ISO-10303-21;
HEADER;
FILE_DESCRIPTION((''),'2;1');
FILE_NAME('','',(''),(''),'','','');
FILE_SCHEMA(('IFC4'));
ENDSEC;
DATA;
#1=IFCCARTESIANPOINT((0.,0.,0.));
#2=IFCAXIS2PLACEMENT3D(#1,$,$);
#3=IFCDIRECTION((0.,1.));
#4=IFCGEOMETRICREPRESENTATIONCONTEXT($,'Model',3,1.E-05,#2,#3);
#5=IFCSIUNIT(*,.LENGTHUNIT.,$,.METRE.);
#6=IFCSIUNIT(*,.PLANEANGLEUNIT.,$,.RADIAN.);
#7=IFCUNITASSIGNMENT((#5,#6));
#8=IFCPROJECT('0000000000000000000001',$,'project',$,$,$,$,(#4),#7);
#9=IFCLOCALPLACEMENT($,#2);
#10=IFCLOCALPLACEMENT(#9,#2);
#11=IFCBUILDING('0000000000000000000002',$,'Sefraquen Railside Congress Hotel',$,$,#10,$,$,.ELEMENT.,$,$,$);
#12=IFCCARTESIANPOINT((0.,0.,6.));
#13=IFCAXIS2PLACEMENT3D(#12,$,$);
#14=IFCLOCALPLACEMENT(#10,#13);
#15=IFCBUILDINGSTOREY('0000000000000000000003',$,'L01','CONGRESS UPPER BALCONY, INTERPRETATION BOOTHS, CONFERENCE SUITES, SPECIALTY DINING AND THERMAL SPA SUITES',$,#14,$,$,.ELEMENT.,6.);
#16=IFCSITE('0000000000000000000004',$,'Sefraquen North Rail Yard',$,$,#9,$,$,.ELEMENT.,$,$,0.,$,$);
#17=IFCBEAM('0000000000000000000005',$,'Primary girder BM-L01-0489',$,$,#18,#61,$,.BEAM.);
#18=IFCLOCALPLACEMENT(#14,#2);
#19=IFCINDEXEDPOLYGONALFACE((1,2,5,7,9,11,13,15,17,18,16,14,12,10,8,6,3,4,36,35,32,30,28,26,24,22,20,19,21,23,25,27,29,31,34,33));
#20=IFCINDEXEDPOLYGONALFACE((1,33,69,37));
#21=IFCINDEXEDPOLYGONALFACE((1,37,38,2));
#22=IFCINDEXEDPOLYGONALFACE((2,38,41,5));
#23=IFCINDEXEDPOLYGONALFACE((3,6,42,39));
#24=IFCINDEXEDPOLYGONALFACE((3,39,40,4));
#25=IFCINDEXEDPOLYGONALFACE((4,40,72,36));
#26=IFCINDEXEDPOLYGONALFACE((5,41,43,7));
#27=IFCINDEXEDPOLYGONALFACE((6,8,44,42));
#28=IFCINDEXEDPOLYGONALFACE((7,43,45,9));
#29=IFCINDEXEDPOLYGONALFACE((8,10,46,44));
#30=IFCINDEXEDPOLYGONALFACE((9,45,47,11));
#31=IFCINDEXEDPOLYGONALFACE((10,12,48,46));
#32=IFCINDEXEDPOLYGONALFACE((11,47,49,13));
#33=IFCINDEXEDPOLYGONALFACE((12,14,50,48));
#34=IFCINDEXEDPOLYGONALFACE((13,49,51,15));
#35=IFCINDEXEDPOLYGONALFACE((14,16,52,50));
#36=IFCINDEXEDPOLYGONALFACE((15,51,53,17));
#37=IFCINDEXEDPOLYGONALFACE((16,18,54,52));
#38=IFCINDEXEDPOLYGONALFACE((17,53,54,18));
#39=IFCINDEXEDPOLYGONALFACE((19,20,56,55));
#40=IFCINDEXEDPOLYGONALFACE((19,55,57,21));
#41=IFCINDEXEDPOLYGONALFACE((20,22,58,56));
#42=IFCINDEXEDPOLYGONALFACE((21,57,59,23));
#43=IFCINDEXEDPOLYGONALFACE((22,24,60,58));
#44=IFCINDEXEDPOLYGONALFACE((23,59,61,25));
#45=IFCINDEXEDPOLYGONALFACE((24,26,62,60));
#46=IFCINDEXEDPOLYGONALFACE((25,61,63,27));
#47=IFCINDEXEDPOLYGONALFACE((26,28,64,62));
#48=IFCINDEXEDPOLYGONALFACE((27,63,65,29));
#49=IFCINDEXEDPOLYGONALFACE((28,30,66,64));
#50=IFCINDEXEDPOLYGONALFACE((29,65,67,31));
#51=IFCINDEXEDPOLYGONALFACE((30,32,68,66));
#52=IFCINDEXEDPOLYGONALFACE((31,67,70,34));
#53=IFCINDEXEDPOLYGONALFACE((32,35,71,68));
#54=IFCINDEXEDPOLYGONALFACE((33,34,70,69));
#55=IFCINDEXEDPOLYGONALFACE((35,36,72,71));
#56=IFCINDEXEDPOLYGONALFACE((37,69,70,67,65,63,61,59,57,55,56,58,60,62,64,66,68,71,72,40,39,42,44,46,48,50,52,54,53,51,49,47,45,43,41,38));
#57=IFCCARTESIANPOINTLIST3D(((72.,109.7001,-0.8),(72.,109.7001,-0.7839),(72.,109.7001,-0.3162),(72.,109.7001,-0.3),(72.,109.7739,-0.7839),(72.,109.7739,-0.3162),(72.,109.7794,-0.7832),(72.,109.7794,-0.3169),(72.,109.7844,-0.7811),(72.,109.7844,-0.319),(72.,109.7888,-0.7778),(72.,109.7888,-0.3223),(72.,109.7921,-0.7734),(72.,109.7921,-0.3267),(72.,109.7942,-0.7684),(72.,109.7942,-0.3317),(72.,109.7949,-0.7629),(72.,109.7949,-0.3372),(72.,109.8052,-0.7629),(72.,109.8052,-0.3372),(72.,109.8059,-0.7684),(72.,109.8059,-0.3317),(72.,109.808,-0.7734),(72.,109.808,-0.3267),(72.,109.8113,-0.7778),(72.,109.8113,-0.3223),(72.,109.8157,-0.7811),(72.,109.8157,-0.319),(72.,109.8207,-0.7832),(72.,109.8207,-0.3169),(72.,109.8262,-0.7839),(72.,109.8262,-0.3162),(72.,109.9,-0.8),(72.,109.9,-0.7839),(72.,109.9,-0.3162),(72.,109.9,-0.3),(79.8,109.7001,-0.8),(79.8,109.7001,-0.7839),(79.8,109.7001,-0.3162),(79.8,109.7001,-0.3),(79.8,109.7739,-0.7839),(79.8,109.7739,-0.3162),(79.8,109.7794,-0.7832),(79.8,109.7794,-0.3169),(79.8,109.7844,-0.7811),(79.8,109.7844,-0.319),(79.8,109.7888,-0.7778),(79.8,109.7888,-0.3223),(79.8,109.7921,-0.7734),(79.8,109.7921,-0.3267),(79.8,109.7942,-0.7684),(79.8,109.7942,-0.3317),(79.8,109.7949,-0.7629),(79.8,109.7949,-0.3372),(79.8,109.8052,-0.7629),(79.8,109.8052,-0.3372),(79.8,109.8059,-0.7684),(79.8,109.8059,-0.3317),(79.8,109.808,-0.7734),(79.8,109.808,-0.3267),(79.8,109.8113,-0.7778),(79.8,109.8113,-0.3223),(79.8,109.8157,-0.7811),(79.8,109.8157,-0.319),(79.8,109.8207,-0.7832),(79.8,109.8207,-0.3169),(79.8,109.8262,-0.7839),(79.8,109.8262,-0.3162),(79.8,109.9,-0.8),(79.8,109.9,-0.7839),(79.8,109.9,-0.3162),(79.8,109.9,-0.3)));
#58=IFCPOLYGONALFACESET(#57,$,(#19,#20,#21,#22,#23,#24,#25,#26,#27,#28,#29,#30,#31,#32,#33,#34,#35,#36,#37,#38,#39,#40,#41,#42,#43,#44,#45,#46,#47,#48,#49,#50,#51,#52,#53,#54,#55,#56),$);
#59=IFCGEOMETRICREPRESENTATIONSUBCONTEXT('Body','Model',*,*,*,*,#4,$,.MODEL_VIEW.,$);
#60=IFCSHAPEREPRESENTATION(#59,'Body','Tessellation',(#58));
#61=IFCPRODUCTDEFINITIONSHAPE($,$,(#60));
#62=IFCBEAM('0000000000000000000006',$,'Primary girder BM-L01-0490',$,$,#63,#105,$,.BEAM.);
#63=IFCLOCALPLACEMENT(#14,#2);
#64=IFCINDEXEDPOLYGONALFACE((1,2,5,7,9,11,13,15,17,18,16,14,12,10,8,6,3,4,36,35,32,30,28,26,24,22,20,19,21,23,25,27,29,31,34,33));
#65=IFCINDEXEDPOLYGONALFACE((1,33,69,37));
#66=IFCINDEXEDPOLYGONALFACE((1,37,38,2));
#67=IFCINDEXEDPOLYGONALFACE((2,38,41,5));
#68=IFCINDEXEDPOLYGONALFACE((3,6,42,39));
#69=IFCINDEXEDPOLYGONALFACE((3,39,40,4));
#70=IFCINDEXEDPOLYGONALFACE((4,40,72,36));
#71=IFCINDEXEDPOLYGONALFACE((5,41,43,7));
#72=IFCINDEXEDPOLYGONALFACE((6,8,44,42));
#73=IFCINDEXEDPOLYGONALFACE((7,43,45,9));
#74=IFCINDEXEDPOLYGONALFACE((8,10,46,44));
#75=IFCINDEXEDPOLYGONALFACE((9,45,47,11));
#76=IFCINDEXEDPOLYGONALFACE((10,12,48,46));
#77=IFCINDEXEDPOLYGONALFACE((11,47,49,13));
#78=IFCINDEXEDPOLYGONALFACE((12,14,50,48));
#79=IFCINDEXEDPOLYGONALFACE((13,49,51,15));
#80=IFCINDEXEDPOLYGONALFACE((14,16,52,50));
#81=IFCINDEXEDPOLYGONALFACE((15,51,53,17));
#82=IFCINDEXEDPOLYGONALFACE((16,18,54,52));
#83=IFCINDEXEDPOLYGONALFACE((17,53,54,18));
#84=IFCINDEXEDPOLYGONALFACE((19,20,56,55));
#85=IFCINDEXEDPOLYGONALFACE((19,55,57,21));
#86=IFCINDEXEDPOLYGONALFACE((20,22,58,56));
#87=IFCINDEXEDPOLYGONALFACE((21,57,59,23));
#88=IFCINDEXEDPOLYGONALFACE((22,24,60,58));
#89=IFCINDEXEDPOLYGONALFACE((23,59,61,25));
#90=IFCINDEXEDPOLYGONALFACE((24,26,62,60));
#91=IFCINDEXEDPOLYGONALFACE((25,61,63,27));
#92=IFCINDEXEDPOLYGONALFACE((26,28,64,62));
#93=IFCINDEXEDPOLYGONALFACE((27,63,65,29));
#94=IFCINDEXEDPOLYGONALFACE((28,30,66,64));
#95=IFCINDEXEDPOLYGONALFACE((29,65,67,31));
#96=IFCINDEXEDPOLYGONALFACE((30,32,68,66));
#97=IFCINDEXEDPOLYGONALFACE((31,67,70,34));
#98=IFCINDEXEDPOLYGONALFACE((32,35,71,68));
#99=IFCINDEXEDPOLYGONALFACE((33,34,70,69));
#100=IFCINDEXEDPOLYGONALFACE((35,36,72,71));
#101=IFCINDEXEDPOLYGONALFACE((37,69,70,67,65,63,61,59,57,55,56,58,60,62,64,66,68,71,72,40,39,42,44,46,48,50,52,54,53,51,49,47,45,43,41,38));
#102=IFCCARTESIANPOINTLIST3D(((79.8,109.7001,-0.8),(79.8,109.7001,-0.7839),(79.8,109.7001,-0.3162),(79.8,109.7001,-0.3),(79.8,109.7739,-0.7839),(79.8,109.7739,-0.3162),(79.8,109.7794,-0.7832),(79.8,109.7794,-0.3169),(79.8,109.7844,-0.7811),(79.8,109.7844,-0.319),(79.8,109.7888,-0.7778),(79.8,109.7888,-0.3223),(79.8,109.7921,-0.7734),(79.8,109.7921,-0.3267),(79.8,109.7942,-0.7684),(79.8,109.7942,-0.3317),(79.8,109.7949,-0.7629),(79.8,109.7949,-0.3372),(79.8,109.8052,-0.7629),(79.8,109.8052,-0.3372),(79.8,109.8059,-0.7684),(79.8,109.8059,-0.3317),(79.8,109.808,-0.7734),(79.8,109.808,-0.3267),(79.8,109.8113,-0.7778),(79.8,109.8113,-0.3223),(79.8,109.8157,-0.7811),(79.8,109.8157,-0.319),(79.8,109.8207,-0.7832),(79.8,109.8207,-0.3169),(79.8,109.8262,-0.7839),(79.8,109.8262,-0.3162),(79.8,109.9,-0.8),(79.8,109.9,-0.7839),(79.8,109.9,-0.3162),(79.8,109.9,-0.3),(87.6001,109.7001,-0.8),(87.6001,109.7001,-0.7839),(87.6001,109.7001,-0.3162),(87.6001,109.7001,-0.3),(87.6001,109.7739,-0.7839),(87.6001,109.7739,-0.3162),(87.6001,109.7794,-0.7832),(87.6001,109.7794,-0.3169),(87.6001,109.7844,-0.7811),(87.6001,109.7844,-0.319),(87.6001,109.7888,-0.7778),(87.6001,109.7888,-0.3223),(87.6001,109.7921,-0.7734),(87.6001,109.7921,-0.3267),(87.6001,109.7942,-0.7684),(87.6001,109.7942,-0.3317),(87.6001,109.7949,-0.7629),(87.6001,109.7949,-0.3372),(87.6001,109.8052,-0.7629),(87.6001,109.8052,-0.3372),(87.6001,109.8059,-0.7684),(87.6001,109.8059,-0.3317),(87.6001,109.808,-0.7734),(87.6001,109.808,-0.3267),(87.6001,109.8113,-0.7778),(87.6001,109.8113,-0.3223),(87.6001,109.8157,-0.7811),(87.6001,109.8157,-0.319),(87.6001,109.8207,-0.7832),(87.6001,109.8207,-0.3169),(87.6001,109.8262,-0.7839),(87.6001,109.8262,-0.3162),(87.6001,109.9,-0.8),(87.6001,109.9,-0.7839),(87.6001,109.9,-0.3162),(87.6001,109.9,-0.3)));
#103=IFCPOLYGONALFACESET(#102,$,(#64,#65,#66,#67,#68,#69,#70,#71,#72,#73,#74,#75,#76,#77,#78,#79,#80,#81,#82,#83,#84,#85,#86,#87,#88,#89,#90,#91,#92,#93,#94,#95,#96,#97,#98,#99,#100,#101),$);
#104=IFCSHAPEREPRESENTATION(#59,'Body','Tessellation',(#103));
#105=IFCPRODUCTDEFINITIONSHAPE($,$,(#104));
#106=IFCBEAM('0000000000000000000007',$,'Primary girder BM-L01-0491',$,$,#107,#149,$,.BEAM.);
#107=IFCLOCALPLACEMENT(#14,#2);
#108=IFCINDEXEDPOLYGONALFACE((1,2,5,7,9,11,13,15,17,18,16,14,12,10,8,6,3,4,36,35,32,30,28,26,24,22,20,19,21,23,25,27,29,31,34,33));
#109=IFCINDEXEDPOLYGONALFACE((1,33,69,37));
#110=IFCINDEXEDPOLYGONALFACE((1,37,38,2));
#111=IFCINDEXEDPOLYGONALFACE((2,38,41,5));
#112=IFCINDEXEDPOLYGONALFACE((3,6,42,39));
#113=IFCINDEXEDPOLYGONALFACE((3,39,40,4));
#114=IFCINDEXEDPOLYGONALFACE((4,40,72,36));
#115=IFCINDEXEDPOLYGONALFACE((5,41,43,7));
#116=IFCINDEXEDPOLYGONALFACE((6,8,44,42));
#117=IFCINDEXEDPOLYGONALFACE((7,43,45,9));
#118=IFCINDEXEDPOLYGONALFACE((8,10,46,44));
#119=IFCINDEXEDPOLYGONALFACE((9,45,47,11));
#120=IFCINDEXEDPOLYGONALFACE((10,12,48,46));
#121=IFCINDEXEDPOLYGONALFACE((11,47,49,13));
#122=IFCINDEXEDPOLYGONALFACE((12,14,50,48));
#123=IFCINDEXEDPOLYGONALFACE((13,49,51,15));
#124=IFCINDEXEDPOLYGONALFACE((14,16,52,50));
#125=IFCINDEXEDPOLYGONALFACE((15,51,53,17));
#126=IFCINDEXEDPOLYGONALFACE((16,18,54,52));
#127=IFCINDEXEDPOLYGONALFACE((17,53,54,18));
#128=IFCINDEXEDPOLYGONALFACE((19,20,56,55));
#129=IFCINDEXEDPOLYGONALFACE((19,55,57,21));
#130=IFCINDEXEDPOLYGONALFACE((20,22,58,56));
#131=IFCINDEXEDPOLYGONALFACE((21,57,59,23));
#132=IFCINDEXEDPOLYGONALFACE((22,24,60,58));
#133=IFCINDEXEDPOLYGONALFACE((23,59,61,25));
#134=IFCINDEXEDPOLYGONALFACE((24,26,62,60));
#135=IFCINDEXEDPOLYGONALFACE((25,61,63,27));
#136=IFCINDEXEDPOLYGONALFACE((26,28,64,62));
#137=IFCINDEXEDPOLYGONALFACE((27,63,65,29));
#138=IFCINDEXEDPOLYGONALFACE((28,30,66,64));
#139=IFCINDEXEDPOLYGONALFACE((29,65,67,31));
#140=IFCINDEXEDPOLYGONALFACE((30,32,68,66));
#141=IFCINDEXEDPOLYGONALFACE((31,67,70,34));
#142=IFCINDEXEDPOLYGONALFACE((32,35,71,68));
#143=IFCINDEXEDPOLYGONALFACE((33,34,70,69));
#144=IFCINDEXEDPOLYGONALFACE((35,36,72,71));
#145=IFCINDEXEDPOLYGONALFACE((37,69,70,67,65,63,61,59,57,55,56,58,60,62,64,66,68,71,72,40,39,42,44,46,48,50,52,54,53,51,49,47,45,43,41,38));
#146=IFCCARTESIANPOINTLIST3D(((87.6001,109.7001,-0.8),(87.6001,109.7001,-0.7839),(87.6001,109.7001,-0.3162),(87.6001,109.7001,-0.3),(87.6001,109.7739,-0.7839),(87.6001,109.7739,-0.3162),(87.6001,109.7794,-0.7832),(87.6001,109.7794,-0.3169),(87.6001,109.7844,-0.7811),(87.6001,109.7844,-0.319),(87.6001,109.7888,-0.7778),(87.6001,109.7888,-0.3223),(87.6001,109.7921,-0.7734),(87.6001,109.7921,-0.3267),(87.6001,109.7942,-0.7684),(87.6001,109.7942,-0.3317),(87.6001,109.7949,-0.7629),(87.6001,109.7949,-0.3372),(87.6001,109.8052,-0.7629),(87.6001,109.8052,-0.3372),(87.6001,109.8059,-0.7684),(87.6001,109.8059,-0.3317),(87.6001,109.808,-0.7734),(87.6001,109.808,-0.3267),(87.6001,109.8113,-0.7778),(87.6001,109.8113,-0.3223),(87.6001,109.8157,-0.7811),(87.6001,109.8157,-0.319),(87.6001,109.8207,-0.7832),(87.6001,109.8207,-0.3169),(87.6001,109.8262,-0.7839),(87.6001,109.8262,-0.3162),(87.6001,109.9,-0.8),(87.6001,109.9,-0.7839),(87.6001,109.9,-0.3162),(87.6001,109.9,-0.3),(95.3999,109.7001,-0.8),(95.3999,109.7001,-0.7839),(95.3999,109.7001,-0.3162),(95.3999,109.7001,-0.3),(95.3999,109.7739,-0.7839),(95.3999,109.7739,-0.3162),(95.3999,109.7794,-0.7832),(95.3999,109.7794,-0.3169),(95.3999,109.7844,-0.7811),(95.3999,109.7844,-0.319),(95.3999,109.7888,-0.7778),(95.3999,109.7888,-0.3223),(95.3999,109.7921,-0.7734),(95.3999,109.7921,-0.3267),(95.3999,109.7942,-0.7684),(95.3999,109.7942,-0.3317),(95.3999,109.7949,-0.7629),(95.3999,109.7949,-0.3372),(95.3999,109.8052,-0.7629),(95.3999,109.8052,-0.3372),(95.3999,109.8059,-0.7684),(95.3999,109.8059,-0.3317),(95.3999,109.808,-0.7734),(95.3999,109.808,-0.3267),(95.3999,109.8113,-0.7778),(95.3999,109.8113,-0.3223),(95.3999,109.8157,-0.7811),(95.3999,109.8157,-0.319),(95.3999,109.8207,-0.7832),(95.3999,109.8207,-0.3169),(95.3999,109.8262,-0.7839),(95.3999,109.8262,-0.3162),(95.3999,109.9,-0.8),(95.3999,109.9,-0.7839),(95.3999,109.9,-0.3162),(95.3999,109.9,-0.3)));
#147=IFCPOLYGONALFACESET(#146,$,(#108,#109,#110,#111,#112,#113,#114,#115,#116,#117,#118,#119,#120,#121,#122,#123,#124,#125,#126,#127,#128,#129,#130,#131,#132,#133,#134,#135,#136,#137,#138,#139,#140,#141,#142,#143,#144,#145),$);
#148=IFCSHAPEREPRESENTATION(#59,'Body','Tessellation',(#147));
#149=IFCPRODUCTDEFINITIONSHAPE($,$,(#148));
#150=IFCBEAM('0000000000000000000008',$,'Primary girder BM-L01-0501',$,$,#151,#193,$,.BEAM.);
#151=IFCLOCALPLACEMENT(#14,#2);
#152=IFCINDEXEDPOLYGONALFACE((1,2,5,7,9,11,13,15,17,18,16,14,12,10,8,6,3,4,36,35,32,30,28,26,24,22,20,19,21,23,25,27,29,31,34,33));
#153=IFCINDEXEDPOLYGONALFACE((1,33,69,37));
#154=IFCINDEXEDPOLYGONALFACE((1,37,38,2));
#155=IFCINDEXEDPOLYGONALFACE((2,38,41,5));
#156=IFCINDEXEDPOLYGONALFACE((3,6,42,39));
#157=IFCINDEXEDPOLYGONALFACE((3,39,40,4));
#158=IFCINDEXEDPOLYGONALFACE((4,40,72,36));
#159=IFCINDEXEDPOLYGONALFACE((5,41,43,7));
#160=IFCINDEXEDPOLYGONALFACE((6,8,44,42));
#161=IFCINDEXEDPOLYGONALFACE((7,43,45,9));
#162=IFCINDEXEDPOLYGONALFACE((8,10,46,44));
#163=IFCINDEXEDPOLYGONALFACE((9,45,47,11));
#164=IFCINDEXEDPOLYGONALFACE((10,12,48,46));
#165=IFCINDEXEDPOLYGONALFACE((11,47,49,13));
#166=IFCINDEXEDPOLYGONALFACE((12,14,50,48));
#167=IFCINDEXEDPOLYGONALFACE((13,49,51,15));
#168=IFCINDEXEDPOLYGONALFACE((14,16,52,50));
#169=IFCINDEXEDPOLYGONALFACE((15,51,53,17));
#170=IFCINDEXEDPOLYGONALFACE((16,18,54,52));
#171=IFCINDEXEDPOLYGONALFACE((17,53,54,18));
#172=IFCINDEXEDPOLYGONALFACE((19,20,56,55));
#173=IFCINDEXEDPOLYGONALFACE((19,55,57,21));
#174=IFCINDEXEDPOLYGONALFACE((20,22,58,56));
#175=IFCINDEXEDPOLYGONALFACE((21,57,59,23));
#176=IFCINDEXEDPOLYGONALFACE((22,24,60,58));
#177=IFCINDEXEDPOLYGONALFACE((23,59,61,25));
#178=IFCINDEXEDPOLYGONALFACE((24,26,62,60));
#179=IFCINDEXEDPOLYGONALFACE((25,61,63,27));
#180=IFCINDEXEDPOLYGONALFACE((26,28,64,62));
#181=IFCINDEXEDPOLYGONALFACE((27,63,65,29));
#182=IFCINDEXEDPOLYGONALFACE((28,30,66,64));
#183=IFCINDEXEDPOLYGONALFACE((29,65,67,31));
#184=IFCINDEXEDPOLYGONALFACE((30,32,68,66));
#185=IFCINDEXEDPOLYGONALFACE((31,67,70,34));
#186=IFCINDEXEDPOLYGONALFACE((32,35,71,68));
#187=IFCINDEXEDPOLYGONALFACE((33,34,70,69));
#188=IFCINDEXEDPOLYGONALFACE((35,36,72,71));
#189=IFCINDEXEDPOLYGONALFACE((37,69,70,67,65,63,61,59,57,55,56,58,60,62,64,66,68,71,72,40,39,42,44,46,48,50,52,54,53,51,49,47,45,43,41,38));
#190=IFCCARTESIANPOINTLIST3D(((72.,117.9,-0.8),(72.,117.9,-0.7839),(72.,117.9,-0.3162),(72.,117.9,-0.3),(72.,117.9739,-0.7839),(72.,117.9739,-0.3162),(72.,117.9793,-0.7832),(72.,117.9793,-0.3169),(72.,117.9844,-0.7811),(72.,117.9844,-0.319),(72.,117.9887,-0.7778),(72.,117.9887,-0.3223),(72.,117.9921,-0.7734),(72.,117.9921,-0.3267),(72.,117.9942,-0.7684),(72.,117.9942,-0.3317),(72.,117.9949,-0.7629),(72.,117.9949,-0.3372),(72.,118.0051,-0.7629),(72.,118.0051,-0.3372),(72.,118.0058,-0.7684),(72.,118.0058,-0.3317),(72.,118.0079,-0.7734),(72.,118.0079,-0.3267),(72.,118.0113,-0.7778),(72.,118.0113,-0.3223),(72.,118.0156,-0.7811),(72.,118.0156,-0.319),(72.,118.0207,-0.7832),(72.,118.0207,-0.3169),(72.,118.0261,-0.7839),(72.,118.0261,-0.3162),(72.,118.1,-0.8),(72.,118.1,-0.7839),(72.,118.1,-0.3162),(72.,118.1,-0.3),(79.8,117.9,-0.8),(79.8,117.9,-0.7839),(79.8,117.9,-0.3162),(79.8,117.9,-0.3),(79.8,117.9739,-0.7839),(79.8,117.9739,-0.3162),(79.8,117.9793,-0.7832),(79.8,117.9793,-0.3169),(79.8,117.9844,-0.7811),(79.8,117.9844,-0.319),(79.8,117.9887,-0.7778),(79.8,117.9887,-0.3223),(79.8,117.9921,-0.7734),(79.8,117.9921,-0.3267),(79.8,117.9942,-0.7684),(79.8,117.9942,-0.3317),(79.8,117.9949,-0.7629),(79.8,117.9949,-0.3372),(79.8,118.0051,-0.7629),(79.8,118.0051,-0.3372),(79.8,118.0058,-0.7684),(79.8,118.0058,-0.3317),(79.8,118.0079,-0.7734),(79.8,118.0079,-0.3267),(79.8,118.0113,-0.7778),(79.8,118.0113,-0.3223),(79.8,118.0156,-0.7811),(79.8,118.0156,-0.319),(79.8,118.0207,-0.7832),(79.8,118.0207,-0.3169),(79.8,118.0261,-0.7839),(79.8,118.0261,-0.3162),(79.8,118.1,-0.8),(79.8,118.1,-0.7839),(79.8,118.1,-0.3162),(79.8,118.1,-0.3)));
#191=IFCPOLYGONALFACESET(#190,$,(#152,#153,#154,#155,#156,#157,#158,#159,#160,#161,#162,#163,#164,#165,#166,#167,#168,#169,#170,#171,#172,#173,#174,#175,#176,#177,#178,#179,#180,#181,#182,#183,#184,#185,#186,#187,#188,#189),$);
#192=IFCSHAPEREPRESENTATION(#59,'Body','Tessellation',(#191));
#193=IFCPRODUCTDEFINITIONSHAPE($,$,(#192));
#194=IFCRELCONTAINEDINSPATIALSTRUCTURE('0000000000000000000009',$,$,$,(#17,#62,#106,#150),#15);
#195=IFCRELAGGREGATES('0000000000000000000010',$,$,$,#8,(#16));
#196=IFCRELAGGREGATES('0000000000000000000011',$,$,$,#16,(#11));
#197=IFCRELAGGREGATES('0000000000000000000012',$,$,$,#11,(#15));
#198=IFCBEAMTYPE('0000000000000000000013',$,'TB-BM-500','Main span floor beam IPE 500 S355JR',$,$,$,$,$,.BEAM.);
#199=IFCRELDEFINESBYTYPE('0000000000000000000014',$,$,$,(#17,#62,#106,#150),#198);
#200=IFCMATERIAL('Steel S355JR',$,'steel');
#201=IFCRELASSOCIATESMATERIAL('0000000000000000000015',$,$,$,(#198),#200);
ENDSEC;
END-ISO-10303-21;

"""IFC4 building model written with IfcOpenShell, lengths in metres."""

from ifc_helpers import new_model, si_unit, direction, frame, origin, origin_2d, place, context, subcontext, project, spatial, i_section, extrude, material, material_profile, profile_set, type_object, element, save


model = new_model("IFC4")

# Units and contexts
model_context = context("Model", 3, precision=1e-05, world=origin(), true_north=direction((0.0, 1.0)))
body_context = subcontext(model_context, "Body", "Model", "MODEL_VIEW")
ifc_project = project(units=[si_unit("LENGTHUNIT", "METRE"), si_unit("PLANEANGLEUNIT", "RADIAN")], contexts=[model_context])

# Site, building, storey
site_placement = place(None, origin())
site = spatial("IfcSite", under=ifc_project, at=site_placement, Name="Sefraquen North Rail Yard", CompositionType="ELEMENT", RefElevation=0.0)
building_placement = place(site_placement, origin())
building = spatial("IfcBuilding", under=site, at=building_placement, Name="Sefraquen Railside Congress Hotel", CompositionType="ELEMENT")
storey_placement = place(building_placement, frame((0.0, 0.0, 6.0)))
storey = spatial("IfcBuildingStorey", under=building, at=storey_placement, Name="L01", Description="CONGRESS UPPER BALCONY, INTERPRETATION BOOTHS, CONFERENCE SUITES, SPECIALTY DINING AND THERMAL SPA SUITES", CompositionType="ELEMENT", Elevation=6.0)

# Shared definitions
ifc_material_1 = material(Name="Steel S355JR", Category="steel")

# Beams
ifc_material_profile_1 = material_profile(ifc_material_1, i_section(OverallWidth=0.2, OverallDepth=0.5, WebThickness=0.0103, FlangeThickness=0.0161, FilletRadius=0.021, at=origin_2d()), Name="IPE 500")
ifc_profile_set_1 = profile_set([ifc_material_profile_1], Name="Steel S355JR")
beam_type_1 = type_object("IfcBeamType", Name="TB-BM-500", Description="Main span floor beam IPE 500 S355JR", PredefinedType="BEAM", material=ifc_profile_set_1)
for number, where, z_axis, x_axis, name in (
    (1, (72.0, 109.8, -0.55), (1.0, 0.0, 0.0), (0.0, 1.0, 0.0), "Primary girder BM-L01-0489"),
    (2, (79.8, 109.8, -0.55), (1.0, 0.0, 0.0), (0.0, 1.0, 0.0), "Primary girder BM-L01-0490"),
):
    element("IfcBeam", number, at=place(storey_placement, frame(where, z_axis=z_axis, x_axis=x_axis)), inside=storey, type_object=beam_type_1, Name=name, PredefinedType="BEAM", context=body_context, shape_type="SweptSolid", body=[
        extrude(i_section(OverallWidth=0.2, OverallDepth=0.5, WebThickness=0.0103, FlangeThickness=0.0161, FilletRadius=0.021, at=origin_2d()), origin(), (0.0, 0.0, 1.0), 7.8),
    ])
beam_1_placement = place(storey_placement, frame((87.6001, 109.8, -0.55), z_axis=(1.0, 0.0, 0.0), x_axis=(0.0, 1.0, 0.0)))
element("IfcBeam", 3, at=beam_1_placement, inside=storey, type_object=beam_type_1, Name="Primary girder BM-L01-0491", PredefinedType="BEAM", context=body_context, shape_type="SweptSolid", body=[
    extrude(i_section(OverallWidth=0.2, OverallDepth=0.5, WebThickness=0.0103, FlangeThickness=0.0161, FilletRadius=0.021, at=origin_2d()), origin(), (0.0, 0.0, 1.0), 7.7998),
])
for number, where, z_axis, x_axis, name in (
    (4, (72.0, 118.0, -0.55), (1.0, 0.0, 0.0), (0.0, 1.0, 0.0), "Primary girder BM-L01-0501"),
):
    element("IfcBeam", number, at=place(storey_placement, frame(where, z_axis=z_axis, x_axis=x_axis)), inside=storey, type_object=beam_type_1, Name=name, PredefinedType="BEAM", context=body_context, shape_type="SweptSolid", body=[
        extrude(i_section(OverallWidth=0.2, OverallDepth=0.5, WebThickness=0.0103, FlangeThickness=0.0161, FilletRadius=0.021, at=origin_2d()), origin(), (0.0, 0.0, 1.0), 7.8),
    ])

save(model, "model.ifc")
